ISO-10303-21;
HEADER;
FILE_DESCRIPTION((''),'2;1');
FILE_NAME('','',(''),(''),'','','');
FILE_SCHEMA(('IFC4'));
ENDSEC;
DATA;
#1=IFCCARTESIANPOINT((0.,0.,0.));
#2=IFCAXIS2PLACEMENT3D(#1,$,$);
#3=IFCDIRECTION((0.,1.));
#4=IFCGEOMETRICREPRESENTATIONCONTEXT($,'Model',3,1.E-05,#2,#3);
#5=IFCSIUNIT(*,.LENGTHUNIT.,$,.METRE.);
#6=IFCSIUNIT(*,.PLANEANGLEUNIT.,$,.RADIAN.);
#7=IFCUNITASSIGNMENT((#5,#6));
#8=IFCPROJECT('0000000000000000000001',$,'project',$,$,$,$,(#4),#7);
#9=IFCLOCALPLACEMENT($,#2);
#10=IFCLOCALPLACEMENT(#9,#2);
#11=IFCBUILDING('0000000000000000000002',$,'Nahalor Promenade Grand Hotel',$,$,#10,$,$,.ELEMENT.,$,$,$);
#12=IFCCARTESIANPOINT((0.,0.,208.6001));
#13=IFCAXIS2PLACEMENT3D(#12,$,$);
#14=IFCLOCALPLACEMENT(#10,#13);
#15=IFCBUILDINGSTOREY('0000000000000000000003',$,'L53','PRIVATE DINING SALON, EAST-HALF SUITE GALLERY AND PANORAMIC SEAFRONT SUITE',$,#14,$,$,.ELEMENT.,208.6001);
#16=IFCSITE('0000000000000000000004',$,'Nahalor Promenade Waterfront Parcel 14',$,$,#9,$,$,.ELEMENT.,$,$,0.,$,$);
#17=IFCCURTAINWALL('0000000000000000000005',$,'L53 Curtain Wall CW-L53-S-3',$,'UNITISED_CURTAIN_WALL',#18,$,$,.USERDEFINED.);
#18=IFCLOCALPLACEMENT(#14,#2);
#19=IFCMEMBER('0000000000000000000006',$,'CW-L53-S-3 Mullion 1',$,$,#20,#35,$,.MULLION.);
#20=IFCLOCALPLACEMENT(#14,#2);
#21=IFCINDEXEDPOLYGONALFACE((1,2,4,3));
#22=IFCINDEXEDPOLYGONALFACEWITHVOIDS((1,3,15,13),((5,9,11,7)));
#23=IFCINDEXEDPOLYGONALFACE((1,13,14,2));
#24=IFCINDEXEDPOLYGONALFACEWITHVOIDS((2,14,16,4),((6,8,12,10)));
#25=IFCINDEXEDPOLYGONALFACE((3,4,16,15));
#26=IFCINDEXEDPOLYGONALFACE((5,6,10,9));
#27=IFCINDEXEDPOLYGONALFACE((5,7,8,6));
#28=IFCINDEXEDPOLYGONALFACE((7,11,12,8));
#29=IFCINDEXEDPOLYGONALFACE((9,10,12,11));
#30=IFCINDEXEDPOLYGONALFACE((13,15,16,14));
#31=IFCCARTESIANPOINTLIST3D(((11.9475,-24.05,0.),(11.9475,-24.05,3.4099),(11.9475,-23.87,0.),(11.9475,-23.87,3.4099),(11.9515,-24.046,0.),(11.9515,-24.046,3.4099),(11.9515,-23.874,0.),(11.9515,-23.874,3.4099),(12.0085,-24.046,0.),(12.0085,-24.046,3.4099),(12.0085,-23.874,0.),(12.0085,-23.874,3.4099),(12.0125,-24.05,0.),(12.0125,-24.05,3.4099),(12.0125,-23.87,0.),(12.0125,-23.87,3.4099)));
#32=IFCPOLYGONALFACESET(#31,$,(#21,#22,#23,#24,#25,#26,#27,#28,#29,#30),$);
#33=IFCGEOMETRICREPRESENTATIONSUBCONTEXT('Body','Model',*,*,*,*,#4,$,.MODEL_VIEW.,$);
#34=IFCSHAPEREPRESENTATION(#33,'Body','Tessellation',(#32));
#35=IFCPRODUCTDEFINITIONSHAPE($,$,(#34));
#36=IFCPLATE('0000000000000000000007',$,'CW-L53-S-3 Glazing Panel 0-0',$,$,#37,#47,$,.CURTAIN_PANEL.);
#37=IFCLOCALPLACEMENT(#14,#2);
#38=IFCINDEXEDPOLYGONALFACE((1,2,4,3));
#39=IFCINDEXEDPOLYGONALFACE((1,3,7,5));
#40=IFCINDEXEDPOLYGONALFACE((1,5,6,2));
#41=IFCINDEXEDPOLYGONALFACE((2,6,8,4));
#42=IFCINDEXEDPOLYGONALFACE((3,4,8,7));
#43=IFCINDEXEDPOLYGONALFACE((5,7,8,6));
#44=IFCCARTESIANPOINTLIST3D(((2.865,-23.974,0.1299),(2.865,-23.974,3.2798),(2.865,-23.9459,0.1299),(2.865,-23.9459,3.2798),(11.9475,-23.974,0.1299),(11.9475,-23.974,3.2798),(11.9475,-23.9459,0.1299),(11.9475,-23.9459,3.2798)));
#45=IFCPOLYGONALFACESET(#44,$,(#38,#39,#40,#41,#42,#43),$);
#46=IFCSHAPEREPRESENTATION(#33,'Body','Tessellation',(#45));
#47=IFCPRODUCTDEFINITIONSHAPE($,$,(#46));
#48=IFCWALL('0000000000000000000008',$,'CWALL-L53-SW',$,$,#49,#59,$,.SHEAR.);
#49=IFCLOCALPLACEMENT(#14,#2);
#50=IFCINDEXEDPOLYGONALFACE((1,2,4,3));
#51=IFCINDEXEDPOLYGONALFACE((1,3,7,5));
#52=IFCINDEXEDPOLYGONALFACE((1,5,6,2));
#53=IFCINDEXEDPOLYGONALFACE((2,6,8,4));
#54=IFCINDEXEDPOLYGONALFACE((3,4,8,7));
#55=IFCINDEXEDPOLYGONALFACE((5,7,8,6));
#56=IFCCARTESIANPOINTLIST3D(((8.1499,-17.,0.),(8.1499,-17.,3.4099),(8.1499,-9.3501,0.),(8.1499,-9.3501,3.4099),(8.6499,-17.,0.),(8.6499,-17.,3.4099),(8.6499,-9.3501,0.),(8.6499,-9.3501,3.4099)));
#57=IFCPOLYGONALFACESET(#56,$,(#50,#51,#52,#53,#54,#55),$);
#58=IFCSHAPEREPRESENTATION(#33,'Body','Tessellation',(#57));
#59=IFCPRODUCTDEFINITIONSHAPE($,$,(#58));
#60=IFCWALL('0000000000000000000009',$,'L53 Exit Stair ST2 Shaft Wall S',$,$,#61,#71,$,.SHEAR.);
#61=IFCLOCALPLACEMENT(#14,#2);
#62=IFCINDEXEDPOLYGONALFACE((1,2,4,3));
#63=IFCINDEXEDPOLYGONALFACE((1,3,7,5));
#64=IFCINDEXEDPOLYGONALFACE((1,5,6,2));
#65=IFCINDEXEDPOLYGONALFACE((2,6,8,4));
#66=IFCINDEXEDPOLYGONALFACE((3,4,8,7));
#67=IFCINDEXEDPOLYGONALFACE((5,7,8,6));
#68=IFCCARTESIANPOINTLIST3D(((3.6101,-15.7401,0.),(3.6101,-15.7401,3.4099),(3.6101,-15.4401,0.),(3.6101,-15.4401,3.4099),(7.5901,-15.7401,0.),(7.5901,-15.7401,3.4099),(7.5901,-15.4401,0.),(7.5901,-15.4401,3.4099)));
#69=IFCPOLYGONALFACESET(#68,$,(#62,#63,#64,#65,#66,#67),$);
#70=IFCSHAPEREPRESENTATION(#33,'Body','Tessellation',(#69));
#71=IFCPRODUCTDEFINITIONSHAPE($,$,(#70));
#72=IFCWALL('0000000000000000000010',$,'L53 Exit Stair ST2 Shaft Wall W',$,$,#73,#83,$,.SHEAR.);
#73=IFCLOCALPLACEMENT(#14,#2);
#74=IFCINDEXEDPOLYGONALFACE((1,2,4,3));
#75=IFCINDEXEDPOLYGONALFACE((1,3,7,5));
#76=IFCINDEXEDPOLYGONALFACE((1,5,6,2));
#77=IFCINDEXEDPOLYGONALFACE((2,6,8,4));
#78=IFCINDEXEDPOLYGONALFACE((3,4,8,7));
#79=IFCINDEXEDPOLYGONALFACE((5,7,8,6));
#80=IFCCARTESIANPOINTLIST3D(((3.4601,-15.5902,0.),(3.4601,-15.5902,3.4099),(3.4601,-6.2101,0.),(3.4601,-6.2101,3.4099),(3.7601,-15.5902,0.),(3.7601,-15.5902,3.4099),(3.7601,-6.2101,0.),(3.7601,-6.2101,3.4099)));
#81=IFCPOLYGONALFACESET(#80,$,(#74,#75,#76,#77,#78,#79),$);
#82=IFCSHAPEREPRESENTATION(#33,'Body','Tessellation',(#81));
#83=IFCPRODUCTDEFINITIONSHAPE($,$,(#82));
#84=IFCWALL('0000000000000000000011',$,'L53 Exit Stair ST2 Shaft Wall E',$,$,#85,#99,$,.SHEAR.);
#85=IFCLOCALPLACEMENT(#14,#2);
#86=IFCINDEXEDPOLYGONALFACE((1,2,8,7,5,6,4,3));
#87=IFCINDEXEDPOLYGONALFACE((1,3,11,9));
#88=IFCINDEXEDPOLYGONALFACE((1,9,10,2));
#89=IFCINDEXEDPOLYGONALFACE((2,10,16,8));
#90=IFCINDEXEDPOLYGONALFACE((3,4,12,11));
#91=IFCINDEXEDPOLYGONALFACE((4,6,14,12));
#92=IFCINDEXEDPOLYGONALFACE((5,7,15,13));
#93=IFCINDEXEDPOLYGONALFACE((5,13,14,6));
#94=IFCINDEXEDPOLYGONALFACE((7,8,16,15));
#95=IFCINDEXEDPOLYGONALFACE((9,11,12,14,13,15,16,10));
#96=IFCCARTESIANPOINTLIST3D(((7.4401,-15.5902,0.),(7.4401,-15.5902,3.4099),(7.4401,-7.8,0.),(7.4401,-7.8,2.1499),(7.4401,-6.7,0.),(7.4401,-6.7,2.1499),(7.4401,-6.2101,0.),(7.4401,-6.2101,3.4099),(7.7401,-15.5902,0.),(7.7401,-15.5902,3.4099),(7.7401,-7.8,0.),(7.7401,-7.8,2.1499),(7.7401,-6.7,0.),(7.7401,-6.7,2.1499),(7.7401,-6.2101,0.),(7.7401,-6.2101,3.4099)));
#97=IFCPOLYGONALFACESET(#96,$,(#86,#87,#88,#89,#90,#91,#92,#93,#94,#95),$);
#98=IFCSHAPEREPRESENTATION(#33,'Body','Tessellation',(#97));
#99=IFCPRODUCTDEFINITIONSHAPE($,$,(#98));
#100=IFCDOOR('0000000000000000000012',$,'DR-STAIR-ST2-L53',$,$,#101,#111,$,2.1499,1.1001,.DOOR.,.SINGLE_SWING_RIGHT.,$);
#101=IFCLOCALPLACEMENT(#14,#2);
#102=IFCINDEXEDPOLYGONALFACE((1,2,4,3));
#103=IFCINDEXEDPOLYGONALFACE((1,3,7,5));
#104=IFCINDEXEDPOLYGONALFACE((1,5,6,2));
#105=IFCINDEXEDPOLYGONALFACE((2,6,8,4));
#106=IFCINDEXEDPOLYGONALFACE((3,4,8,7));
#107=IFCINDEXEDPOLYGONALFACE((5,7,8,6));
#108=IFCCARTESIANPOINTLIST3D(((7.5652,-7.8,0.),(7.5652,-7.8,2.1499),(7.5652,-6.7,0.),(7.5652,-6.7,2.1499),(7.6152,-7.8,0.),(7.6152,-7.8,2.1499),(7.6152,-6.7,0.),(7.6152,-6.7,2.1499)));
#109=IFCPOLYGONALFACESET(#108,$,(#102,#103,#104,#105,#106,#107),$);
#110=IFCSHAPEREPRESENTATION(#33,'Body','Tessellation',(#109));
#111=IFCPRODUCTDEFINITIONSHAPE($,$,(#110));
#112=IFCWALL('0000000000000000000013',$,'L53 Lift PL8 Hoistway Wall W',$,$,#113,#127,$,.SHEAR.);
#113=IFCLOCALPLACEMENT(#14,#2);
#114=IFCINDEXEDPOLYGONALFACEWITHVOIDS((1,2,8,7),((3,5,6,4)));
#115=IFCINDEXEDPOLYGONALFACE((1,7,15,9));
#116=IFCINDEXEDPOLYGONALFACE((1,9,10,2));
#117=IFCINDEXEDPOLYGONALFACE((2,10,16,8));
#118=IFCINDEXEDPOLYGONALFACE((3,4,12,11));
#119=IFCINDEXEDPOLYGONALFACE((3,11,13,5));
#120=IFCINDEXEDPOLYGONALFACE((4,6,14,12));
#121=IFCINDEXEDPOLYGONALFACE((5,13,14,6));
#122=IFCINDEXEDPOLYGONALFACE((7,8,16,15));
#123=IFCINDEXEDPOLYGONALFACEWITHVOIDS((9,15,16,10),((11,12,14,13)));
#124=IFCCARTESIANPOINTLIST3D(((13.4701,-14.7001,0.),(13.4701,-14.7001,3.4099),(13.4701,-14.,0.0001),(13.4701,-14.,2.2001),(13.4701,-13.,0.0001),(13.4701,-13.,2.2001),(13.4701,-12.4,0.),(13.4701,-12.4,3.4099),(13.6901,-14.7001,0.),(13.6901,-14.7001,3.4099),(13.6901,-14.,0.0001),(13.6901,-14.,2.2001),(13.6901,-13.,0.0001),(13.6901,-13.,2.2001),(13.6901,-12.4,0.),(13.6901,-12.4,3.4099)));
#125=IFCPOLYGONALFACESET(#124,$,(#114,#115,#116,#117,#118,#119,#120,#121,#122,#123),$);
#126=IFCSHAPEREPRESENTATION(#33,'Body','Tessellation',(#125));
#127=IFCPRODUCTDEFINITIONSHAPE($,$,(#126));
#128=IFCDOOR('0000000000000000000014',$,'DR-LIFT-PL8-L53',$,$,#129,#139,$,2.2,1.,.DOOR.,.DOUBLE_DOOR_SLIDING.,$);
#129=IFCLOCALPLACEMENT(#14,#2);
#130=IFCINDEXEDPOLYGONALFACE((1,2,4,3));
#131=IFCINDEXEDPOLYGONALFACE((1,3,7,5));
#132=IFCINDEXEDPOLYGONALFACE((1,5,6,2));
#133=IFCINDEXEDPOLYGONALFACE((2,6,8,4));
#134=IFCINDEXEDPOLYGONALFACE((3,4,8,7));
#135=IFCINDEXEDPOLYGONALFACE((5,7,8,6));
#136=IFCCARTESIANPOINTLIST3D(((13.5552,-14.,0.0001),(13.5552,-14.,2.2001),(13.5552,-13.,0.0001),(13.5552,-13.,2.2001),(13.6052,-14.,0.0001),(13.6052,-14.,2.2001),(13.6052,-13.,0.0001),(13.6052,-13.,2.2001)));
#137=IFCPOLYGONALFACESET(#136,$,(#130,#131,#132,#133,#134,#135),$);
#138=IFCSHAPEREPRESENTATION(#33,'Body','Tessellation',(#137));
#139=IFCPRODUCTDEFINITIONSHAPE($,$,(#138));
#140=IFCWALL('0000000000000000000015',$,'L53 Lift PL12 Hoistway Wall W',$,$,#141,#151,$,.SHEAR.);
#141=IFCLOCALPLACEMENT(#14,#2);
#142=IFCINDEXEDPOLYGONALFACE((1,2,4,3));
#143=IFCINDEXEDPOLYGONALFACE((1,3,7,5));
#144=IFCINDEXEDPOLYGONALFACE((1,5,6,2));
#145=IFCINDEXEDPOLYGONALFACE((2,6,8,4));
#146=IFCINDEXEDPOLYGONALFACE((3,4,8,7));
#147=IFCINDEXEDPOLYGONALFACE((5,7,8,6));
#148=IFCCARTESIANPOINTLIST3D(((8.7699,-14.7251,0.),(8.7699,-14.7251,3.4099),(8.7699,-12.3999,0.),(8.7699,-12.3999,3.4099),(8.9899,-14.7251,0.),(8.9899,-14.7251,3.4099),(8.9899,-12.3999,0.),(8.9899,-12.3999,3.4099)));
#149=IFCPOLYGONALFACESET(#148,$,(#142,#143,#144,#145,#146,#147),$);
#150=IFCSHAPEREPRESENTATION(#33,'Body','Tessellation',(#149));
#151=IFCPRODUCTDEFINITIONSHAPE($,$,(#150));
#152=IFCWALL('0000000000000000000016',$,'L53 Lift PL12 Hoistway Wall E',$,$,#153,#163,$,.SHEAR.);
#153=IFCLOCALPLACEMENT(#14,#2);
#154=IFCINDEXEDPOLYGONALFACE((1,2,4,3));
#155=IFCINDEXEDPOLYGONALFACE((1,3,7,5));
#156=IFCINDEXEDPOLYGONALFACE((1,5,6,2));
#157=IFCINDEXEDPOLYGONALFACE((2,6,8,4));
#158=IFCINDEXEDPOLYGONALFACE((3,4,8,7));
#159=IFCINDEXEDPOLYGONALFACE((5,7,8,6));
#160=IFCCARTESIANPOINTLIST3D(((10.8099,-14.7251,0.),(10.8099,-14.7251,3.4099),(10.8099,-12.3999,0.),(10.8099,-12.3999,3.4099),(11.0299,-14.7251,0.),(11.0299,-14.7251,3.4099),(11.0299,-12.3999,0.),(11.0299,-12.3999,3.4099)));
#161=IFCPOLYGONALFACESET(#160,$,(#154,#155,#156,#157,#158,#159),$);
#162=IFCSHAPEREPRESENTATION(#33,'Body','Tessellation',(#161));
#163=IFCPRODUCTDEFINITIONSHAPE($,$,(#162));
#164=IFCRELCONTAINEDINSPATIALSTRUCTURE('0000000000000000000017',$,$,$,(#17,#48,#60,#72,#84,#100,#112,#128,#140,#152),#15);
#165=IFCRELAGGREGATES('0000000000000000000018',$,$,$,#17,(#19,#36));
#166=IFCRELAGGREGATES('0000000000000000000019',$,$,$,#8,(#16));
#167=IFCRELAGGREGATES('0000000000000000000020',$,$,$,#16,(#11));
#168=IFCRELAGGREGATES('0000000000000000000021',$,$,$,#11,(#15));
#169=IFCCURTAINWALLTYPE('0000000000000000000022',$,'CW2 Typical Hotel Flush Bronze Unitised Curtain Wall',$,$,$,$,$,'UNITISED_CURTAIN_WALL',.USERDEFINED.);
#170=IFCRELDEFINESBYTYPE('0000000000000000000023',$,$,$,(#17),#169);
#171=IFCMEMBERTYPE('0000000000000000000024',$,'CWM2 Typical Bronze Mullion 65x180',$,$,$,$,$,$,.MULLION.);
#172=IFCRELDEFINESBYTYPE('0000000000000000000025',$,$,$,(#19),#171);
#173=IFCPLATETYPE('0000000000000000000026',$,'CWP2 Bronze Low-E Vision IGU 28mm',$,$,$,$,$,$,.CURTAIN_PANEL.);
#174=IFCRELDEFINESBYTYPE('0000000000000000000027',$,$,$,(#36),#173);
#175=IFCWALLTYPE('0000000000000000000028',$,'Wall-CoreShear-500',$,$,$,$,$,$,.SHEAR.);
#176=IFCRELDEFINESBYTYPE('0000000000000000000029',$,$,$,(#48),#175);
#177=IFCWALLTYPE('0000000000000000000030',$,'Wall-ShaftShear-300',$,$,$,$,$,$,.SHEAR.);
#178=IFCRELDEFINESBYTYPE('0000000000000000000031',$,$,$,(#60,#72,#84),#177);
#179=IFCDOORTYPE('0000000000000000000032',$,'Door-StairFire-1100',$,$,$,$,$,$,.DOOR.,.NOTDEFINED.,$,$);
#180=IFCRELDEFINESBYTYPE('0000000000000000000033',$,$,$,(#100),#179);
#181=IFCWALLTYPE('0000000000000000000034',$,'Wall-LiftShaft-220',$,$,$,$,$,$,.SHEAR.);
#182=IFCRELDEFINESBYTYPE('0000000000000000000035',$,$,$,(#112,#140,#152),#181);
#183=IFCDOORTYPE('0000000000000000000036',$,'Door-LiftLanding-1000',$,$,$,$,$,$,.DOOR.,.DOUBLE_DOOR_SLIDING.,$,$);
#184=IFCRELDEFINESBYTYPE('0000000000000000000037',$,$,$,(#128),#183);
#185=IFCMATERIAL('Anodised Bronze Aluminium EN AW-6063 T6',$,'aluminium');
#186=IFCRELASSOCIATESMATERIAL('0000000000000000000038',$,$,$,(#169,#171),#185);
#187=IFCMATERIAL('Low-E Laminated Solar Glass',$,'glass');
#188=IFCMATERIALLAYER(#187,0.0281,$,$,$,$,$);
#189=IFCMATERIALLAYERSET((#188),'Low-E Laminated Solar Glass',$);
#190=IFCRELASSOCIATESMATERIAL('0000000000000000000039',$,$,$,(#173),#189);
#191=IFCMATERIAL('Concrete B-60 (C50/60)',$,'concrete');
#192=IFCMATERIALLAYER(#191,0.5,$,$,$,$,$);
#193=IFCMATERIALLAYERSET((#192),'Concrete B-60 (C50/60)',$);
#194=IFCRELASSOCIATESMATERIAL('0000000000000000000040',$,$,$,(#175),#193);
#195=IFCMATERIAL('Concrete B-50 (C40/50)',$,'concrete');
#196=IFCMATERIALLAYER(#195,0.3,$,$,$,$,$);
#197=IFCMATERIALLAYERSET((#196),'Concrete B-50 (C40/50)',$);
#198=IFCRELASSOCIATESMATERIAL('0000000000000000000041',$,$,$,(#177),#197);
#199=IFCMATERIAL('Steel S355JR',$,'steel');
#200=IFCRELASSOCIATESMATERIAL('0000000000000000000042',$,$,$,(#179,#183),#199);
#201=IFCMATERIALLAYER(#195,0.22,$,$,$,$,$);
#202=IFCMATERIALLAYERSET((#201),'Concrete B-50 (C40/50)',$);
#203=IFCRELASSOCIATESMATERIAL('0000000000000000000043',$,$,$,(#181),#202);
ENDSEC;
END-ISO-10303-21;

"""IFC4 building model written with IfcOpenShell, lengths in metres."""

from ifc_helpers import new_model, si_unit, direction, frame, frame_2d, origin, origin_2d, place, context, subcontext, project, spatial, rectangle, hollow_rectangle, extrude, source, transform, mapped, material, layer, layer_set, material_profile, profile_set, type_object, element, fill, aggregate, save


model = new_model("IFC4")

# Units and contexts
model_context = context("Model", 3, precision=1e-05, world=origin(), true_north=direction((0.0, 1.0)))
body_context = subcontext(model_context, "Body", "Model", "MODEL_VIEW")
ifc_project = project(units=[si_unit("LENGTHUNIT", "METRE"), si_unit("PLANEANGLEUNIT", "RADIAN")], contexts=[model_context])

# Site, building, storey
site_placement = place(None, origin())
site = spatial("IfcSite", under=ifc_project, at=site_placement, Name="Nahalor Promenade Waterfront Parcel 14", CompositionType="ELEMENT", RefElevation=0.0)
building_placement = place(site_placement, origin())
building = spatial("IfcBuilding", under=site, at=building_placement, Name="Nahalor Promenade Grand Hotel", CompositionType="ELEMENT")
storey_placement = place(building_placement, frame((0.0, 0.0, 208.6001)))
storey = spatial("IfcBuildingStorey", under=building, at=storey_placement, Name="L53", Description="PRIVATE DINING SALON, EAST-HALF SUITE GALLERY AND PANORAMIC SEAFRONT SUITE", CompositionType="ELEMENT", Elevation=208.6001)

# Shared definitions
ifc_material_1 = material(Name="Concrete B-60 (C50/60)", Category="concrete")
ifc_material_2 = material(Name="Steel S355JR", Category="steel")

# Curtain wall, member, plate
ifc_material_3 = material(Name="Anodised Bronze Aluminium EN AW-6063 T6", Category="aluminium")
curtain_wall_type = type_object("IfcCurtainWallType", Name="CW2 Typical Hotel Flush Bronze Unitised Curtain Wall", ElementType="UNITISED_CURTAIN_WALL", PredefinedType="USERDEFINED", material=ifc_material_3)
curtain_wall_placement = place(storey_placement, origin())
curtain_wall = element("IfcCurtainWall", 1, at=curtain_wall_placement, inside=storey, type_object=curtain_wall_type, Name="L53 Curtain Wall CW-L53-S-3", ObjectType="UNITISED_CURTAIN_WALL", PredefinedType="USERDEFINED")
ifc_material_profile_1 = material_profile(ifc_material_3, hollow_rectangle(XDim=0.065, YDim=0.18, WallThickness=0.004, at=origin_2d()), Name="CWM 65x180x4")
ifc_profile_set_1 = profile_set([ifc_material_profile_1], Name="Anodised Bronze Aluminium EN AW-6063 T6")
member_type_1 = type_object("IfcMemberType", Name="CWM2 Typical Bronze Mullion 65x180", PredefinedType="MULLION", material=ifc_profile_set_1)
shared_shape_1 = source(origin(), body_context, "Body", "SweptSolid", [
    extrude(hollow_rectangle(XDim=0.065, YDim=0.18, WallThickness=0.004, at=origin_2d()), origin(), (0.0, 0.0, 1.0), 3.4099),
])
member_1_placement = place(storey_placement, frame((11.98, -23.96, 0.0), z_axis=(0.0, 0.0, 1.0), x_axis=(1.0, 0.0, 0.0)))
member_1 = element("IfcMember", 2, at=member_1_placement, type_object=member_type_1, Name="CW-L53-S-3 Mullion 1", PredefinedType="MULLION", context=body_context, shape_type="MappedRepresentation", body=[
    mapped(shared_shape_1, transform((0.0, 0.0, 0.0), scale=1.0)),
])
ifc_material_4 = material(Name="Low-E Laminated Solar Glass", Category="glass")
ifc_layer_1 = layer(ifc_material_4, 0.0281)
ifc_layer_set_1 = layer_set([ifc_layer_1], Name="Low-E Laminated Solar Glass")
plate_type = type_object("IfcPlateType", Name="CWP2 Bronze Low-E Vision IGU 28mm", PredefinedType="CURTAIN_PANEL", material=ifc_layer_set_1)
shared_shape_2 = source(origin(), body_context, "Body", "SweptSolid", [
    extrude(rectangle(XDim=9.0825, YDim=0.0281, at=origin_2d()), origin(), (0.0, 0.0, 1.0), 3.1499),
])
plate_placement = place(storey_placement, frame((7.4062, -23.96, 0.1299), z_axis=(0.0, 0.0, 1.0), x_axis=(1.0, 0.0, 0.0)))
plate = element("IfcPlate", 3, at=plate_placement, type_object=plate_type, Name="CW-L53-S-3 Glazing Panel 0-0", PredefinedType="CURTAIN_PANEL", context=body_context, shape_type="MappedRepresentation", body=[
    mapped(shared_shape_2, transform((0.0, 0.0, 0.0), scale=1.0)),
])
aggregate(curtain_wall, [member_1, plate])

# Walls
ifc_layer_2 = layer(ifc_material_1, 0.5)
ifc_layer_set_2 = layer_set([ifc_layer_2], Name="Concrete B-60 (C50/60)")
wall_type_1 = type_object("IfcWallType", Name="Wall-CoreShear-500", PredefinedType="SHEAR", material=ifc_layer_set_2)
shared_shape_3 = source(origin(), body_context, "Body", "SweptSolid", [
    extrude(rectangle(XDim=7.6499, YDim=0.5, at=frame_2d((3.825, 0.0))), origin(), (0.0, 0.0, 1.0), 3.4099),
])
wall_1_placement = place(storey_placement, frame((8.3999, -17.0, 0.0), z_axis=(0.0, 0.0, 1.0), x_axis=(0.0, 1.0, 0.0)))
element("IfcWall", 4, at=wall_1_placement, inside=storey, type_object=wall_type_1, Name="CWALL-L53-SW", PredefinedType="SHEAR", context=body_context, shape_type="MappedRepresentation", body=[
    mapped(shared_shape_3, transform((0.0, 0.0, 0.0), scale=1.0)),
])
ifc_material_5 = material(Name="Concrete B-50 (C40/50)", Category="concrete")
ifc_layer_3 = layer(ifc_material_5, 0.3)
ifc_layer_set_3 = layer_set([ifc_layer_3], Name="Concrete B-50 (C40/50)")
wall_type_2 = type_object("IfcWallType", Name="Wall-ShaftShear-300", PredefinedType="SHEAR", material=ifc_layer_set_3)
shared_shape_4 = source(origin(), body_context, "Body", "SweptSolid", [
    extrude(rectangle(XDim=3.98, YDim=0.3, at=frame_2d((1.99, 0.0))), origin(), (0.0, 0.0, 1.0), 3.4099),
])
wall_2_placement = place(storey_placement, frame((3.6101, -15.5901, 0.0), z_axis=(0.0, 0.0, 1.0), x_axis=(1.0, 0.0, 0.0)))
element("IfcWall", 5, at=wall_2_placement, inside=storey, type_object=wall_type_2, Name="L53 Exit Stair ST2 Shaft Wall S", PredefinedType="SHEAR", context=body_context, shape_type="MappedRepresentation", body=[
    mapped(shared_shape_4, transform((0.0, 0.0, 0.0), scale=1.0)),
])
shared_shape_5 = source(origin(), body_context, "Body", "SweptSolid", [
    extrude(rectangle(XDim=9.3801, YDim=0.3, at=frame_2d((4.6899, 0.0))), origin(), (0.0, 0.0, 1.0), 3.4099),
])
wall_3_placement = place(storey_placement, frame((3.6101, -15.5901, 0.0), z_axis=(0.0, 0.0, 1.0), x_axis=(0.0, 1.0, 0.0)))
element("IfcWall", 6, at=wall_3_placement, inside=storey, type_object=wall_type_2, Name="L53 Exit Stair ST2 Shaft Wall W", PredefinedType="SHEAR", context=body_context, shape_type="MappedRepresentation", body=[
    mapped(shared_shape_5, transform((0.0, 0.0, 0.0), scale=1.0)),
])

# Walls, openings, doors
wall_4_placement = place(storey_placement, frame((7.5901, -15.5901, 0.0), z_axis=(0.0, 0.0, 1.0), x_axis=(0.0, 1.0, 0.0)))
wall_4 = element("IfcWall", 7, at=wall_4_placement, inside=storey, type_object=wall_type_2, Name="L53 Exit Stair ST2 Shaft Wall E", PredefinedType="SHEAR", context=body_context, shape_type="MappedRepresentation", body=[
    mapped(shared_shape_5, transform((0.0, 0.0, 0.0), scale=1.0)),
])
opening_1_placement = place(wall_4_placement, frame((7.79, 0.0, 0.0)))
opening_1 = element("IfcOpeningElement", 8, at=opening_1_placement, cuts=wall_4, PredefinedType="OPENING", context=body_context, shape_type="SweptSolid", body=[
    extrude(rectangle(XDim=1.1001, YDim=2.1499, at=frame_2d((0.55, 1.075))), frame((0.0, 0.1599, 0.0), z_axis=(0.0, -1.0, 0.0), x_axis=(1.0, 0.0, 0.0)), (0.0, 0.0, 1.0), 0.3201),
])
door_type_1 = type_object("IfcDoorType", Name="Door-StairFire-1100", OperationType="NOTDEFINED", PredefinedType="DOOR", material=ifc_material_2)
shared_shape_6 = source(origin(), body_context, "Body", "SweptSolid", [
    extrude(rectangle(XDim=1.1001, YDim=2.1499, at=frame_2d((0.55, 1.075))), frame((0.0, 0.0249, 0.0), z_axis=(0.0, -1.0, 0.0), x_axis=(1.0, 0.0, 0.0)), (0.0, 0.0, 1.0), 0.05),
])
door_1_placement = place(opening_1_placement, origin())
door_1 = element("IfcDoor", 9, at=door_1_placement, inside=storey, type_object=door_type_1, Name="DR-STAIR-ST2-L53", OperationType="SINGLE_SWING_RIGHT", OverallHeight=2.1499, OverallWidth=1.1001, PredefinedType="DOOR", context=body_context, shape_type="MappedRepresentation", body=[
    mapped(shared_shape_6, transform((0.0, 0.0, 0.0), scale=1.0)),
])
fill(opening_1, door_1)
ifc_layer_4 = layer(ifc_material_5, 0.22)
ifc_layer_set_4 = layer_set([ifc_layer_4], Name="Concrete B-50 (C40/50)")
wall_type_3 = type_object("IfcWallType", Name="Wall-LiftShaft-220", PredefinedType="SHEAR", material=ifc_layer_set_4)
shared_shape_7 = source(origin(), body_context, "Body", "SweptSolid", [
    extrude(rectangle(XDim=2.3, YDim=0.22, at=frame_2d((1.1499, 0.0))), origin(), (0.0, 0.0, 1.0), 3.4099),
])
wall_5_placement = place(storey_placement, frame((13.5801, -14.7, 0.0), z_axis=(0.0, 0.0, 1.0), x_axis=(0.0, 1.0, 0.0)))
wall_5 = element("IfcWall", 10, at=wall_5_placement, inside=storey, type_object=wall_type_3, Name="L53 Lift PL8 Hoistway Wall W", PredefinedType="SHEAR", context=body_context, shape_type="MappedRepresentation", body=[
    mapped(shared_shape_7, transform((0.0, 0.0, 0.0), scale=1.0)),
])
opening_2_placement = place(wall_5_placement, frame((0.7, 0.0, 0.0)))
opening_2 = element("IfcOpeningElement", 11, at=opening_2_placement, cuts=wall_5, PredefinedType="OPENING", context=body_context, shape_type="SweptSolid", body=[
    extrude(rectangle(XDim=1.0, YDim=2.2, at=frame_2d((0.5, 1.1001))), frame((0.0, 0.1199, 0.0), z_axis=(0.0, -1.0, 0.0), x_axis=(1.0, 0.0, 0.0)), (0.0, 0.0, 1.0), 0.24),
])
door_type_2 = type_object("IfcDoorType", Name="Door-LiftLanding-1000", OperationType="DOUBLE_DOOR_SLIDING", PredefinedType="DOOR", material=ifc_material_2)
shared_shape_8 = source(origin(), body_context, "Body", "SweptSolid", [
    extrude(rectangle(XDim=1.0, YDim=2.2, at=frame_2d((0.5, 1.1001))), frame((0.0, 0.0249, 0.0), z_axis=(0.0, -1.0, 0.0), x_axis=(1.0, 0.0, 0.0)), (0.0, 0.0, 1.0), 0.05),
])
door_2_placement = place(opening_2_placement, origin())
door_2 = element("IfcDoor", 12, at=door_2_placement, inside=storey, type_object=door_type_2, Name="DR-LIFT-PL8-L53", OperationType="DOUBLE_DOOR_SLIDING", OverallHeight=2.2, OverallWidth=1.0, PredefinedType="DOOR", context=body_context, shape_type="MappedRepresentation", body=[
    mapped(shared_shape_8, transform((0.0, 0.0, 0.0), scale=1.0)),
])
fill(opening_2, door_2)

# Walls
shared_shape_9 = source(origin(), body_context, "Body", "SweptSolid", [
    extrude(rectangle(XDim=2.3252, YDim=0.22, at=frame_2d((1.1626, 0.0))), origin(), (0.0, 0.0, 1.0), 3.4099),
])
for number, where, z_axis, x_axis, name in (
    (13, (8.8799, -14.7251, 0.0), (0.0, 0.0, 1.0), (0.0, 1.0, 0.0), "L53 Lift PL12 Hoistway Wall W"),
    (14, (10.9199, -14.7251, 0.0), (0.0, 0.0, 1.0), (0.0, 1.0, 0.0), "L53 Lift PL12 Hoistway Wall E"),
):
    element("IfcWall", number, at=place(storey_placement, frame(where, z_axis=z_axis, x_axis=x_axis)), inside=storey, type_object=wall_type_3, Name=name, PredefinedType="SHEAR", context=body_context, shape_type="MappedRepresentation", body=[
        mapped(shared_shape_9, transform((0.0, 0.0, 0.0), scale=1.0)),
    ])

save(model, "model.ifc")
